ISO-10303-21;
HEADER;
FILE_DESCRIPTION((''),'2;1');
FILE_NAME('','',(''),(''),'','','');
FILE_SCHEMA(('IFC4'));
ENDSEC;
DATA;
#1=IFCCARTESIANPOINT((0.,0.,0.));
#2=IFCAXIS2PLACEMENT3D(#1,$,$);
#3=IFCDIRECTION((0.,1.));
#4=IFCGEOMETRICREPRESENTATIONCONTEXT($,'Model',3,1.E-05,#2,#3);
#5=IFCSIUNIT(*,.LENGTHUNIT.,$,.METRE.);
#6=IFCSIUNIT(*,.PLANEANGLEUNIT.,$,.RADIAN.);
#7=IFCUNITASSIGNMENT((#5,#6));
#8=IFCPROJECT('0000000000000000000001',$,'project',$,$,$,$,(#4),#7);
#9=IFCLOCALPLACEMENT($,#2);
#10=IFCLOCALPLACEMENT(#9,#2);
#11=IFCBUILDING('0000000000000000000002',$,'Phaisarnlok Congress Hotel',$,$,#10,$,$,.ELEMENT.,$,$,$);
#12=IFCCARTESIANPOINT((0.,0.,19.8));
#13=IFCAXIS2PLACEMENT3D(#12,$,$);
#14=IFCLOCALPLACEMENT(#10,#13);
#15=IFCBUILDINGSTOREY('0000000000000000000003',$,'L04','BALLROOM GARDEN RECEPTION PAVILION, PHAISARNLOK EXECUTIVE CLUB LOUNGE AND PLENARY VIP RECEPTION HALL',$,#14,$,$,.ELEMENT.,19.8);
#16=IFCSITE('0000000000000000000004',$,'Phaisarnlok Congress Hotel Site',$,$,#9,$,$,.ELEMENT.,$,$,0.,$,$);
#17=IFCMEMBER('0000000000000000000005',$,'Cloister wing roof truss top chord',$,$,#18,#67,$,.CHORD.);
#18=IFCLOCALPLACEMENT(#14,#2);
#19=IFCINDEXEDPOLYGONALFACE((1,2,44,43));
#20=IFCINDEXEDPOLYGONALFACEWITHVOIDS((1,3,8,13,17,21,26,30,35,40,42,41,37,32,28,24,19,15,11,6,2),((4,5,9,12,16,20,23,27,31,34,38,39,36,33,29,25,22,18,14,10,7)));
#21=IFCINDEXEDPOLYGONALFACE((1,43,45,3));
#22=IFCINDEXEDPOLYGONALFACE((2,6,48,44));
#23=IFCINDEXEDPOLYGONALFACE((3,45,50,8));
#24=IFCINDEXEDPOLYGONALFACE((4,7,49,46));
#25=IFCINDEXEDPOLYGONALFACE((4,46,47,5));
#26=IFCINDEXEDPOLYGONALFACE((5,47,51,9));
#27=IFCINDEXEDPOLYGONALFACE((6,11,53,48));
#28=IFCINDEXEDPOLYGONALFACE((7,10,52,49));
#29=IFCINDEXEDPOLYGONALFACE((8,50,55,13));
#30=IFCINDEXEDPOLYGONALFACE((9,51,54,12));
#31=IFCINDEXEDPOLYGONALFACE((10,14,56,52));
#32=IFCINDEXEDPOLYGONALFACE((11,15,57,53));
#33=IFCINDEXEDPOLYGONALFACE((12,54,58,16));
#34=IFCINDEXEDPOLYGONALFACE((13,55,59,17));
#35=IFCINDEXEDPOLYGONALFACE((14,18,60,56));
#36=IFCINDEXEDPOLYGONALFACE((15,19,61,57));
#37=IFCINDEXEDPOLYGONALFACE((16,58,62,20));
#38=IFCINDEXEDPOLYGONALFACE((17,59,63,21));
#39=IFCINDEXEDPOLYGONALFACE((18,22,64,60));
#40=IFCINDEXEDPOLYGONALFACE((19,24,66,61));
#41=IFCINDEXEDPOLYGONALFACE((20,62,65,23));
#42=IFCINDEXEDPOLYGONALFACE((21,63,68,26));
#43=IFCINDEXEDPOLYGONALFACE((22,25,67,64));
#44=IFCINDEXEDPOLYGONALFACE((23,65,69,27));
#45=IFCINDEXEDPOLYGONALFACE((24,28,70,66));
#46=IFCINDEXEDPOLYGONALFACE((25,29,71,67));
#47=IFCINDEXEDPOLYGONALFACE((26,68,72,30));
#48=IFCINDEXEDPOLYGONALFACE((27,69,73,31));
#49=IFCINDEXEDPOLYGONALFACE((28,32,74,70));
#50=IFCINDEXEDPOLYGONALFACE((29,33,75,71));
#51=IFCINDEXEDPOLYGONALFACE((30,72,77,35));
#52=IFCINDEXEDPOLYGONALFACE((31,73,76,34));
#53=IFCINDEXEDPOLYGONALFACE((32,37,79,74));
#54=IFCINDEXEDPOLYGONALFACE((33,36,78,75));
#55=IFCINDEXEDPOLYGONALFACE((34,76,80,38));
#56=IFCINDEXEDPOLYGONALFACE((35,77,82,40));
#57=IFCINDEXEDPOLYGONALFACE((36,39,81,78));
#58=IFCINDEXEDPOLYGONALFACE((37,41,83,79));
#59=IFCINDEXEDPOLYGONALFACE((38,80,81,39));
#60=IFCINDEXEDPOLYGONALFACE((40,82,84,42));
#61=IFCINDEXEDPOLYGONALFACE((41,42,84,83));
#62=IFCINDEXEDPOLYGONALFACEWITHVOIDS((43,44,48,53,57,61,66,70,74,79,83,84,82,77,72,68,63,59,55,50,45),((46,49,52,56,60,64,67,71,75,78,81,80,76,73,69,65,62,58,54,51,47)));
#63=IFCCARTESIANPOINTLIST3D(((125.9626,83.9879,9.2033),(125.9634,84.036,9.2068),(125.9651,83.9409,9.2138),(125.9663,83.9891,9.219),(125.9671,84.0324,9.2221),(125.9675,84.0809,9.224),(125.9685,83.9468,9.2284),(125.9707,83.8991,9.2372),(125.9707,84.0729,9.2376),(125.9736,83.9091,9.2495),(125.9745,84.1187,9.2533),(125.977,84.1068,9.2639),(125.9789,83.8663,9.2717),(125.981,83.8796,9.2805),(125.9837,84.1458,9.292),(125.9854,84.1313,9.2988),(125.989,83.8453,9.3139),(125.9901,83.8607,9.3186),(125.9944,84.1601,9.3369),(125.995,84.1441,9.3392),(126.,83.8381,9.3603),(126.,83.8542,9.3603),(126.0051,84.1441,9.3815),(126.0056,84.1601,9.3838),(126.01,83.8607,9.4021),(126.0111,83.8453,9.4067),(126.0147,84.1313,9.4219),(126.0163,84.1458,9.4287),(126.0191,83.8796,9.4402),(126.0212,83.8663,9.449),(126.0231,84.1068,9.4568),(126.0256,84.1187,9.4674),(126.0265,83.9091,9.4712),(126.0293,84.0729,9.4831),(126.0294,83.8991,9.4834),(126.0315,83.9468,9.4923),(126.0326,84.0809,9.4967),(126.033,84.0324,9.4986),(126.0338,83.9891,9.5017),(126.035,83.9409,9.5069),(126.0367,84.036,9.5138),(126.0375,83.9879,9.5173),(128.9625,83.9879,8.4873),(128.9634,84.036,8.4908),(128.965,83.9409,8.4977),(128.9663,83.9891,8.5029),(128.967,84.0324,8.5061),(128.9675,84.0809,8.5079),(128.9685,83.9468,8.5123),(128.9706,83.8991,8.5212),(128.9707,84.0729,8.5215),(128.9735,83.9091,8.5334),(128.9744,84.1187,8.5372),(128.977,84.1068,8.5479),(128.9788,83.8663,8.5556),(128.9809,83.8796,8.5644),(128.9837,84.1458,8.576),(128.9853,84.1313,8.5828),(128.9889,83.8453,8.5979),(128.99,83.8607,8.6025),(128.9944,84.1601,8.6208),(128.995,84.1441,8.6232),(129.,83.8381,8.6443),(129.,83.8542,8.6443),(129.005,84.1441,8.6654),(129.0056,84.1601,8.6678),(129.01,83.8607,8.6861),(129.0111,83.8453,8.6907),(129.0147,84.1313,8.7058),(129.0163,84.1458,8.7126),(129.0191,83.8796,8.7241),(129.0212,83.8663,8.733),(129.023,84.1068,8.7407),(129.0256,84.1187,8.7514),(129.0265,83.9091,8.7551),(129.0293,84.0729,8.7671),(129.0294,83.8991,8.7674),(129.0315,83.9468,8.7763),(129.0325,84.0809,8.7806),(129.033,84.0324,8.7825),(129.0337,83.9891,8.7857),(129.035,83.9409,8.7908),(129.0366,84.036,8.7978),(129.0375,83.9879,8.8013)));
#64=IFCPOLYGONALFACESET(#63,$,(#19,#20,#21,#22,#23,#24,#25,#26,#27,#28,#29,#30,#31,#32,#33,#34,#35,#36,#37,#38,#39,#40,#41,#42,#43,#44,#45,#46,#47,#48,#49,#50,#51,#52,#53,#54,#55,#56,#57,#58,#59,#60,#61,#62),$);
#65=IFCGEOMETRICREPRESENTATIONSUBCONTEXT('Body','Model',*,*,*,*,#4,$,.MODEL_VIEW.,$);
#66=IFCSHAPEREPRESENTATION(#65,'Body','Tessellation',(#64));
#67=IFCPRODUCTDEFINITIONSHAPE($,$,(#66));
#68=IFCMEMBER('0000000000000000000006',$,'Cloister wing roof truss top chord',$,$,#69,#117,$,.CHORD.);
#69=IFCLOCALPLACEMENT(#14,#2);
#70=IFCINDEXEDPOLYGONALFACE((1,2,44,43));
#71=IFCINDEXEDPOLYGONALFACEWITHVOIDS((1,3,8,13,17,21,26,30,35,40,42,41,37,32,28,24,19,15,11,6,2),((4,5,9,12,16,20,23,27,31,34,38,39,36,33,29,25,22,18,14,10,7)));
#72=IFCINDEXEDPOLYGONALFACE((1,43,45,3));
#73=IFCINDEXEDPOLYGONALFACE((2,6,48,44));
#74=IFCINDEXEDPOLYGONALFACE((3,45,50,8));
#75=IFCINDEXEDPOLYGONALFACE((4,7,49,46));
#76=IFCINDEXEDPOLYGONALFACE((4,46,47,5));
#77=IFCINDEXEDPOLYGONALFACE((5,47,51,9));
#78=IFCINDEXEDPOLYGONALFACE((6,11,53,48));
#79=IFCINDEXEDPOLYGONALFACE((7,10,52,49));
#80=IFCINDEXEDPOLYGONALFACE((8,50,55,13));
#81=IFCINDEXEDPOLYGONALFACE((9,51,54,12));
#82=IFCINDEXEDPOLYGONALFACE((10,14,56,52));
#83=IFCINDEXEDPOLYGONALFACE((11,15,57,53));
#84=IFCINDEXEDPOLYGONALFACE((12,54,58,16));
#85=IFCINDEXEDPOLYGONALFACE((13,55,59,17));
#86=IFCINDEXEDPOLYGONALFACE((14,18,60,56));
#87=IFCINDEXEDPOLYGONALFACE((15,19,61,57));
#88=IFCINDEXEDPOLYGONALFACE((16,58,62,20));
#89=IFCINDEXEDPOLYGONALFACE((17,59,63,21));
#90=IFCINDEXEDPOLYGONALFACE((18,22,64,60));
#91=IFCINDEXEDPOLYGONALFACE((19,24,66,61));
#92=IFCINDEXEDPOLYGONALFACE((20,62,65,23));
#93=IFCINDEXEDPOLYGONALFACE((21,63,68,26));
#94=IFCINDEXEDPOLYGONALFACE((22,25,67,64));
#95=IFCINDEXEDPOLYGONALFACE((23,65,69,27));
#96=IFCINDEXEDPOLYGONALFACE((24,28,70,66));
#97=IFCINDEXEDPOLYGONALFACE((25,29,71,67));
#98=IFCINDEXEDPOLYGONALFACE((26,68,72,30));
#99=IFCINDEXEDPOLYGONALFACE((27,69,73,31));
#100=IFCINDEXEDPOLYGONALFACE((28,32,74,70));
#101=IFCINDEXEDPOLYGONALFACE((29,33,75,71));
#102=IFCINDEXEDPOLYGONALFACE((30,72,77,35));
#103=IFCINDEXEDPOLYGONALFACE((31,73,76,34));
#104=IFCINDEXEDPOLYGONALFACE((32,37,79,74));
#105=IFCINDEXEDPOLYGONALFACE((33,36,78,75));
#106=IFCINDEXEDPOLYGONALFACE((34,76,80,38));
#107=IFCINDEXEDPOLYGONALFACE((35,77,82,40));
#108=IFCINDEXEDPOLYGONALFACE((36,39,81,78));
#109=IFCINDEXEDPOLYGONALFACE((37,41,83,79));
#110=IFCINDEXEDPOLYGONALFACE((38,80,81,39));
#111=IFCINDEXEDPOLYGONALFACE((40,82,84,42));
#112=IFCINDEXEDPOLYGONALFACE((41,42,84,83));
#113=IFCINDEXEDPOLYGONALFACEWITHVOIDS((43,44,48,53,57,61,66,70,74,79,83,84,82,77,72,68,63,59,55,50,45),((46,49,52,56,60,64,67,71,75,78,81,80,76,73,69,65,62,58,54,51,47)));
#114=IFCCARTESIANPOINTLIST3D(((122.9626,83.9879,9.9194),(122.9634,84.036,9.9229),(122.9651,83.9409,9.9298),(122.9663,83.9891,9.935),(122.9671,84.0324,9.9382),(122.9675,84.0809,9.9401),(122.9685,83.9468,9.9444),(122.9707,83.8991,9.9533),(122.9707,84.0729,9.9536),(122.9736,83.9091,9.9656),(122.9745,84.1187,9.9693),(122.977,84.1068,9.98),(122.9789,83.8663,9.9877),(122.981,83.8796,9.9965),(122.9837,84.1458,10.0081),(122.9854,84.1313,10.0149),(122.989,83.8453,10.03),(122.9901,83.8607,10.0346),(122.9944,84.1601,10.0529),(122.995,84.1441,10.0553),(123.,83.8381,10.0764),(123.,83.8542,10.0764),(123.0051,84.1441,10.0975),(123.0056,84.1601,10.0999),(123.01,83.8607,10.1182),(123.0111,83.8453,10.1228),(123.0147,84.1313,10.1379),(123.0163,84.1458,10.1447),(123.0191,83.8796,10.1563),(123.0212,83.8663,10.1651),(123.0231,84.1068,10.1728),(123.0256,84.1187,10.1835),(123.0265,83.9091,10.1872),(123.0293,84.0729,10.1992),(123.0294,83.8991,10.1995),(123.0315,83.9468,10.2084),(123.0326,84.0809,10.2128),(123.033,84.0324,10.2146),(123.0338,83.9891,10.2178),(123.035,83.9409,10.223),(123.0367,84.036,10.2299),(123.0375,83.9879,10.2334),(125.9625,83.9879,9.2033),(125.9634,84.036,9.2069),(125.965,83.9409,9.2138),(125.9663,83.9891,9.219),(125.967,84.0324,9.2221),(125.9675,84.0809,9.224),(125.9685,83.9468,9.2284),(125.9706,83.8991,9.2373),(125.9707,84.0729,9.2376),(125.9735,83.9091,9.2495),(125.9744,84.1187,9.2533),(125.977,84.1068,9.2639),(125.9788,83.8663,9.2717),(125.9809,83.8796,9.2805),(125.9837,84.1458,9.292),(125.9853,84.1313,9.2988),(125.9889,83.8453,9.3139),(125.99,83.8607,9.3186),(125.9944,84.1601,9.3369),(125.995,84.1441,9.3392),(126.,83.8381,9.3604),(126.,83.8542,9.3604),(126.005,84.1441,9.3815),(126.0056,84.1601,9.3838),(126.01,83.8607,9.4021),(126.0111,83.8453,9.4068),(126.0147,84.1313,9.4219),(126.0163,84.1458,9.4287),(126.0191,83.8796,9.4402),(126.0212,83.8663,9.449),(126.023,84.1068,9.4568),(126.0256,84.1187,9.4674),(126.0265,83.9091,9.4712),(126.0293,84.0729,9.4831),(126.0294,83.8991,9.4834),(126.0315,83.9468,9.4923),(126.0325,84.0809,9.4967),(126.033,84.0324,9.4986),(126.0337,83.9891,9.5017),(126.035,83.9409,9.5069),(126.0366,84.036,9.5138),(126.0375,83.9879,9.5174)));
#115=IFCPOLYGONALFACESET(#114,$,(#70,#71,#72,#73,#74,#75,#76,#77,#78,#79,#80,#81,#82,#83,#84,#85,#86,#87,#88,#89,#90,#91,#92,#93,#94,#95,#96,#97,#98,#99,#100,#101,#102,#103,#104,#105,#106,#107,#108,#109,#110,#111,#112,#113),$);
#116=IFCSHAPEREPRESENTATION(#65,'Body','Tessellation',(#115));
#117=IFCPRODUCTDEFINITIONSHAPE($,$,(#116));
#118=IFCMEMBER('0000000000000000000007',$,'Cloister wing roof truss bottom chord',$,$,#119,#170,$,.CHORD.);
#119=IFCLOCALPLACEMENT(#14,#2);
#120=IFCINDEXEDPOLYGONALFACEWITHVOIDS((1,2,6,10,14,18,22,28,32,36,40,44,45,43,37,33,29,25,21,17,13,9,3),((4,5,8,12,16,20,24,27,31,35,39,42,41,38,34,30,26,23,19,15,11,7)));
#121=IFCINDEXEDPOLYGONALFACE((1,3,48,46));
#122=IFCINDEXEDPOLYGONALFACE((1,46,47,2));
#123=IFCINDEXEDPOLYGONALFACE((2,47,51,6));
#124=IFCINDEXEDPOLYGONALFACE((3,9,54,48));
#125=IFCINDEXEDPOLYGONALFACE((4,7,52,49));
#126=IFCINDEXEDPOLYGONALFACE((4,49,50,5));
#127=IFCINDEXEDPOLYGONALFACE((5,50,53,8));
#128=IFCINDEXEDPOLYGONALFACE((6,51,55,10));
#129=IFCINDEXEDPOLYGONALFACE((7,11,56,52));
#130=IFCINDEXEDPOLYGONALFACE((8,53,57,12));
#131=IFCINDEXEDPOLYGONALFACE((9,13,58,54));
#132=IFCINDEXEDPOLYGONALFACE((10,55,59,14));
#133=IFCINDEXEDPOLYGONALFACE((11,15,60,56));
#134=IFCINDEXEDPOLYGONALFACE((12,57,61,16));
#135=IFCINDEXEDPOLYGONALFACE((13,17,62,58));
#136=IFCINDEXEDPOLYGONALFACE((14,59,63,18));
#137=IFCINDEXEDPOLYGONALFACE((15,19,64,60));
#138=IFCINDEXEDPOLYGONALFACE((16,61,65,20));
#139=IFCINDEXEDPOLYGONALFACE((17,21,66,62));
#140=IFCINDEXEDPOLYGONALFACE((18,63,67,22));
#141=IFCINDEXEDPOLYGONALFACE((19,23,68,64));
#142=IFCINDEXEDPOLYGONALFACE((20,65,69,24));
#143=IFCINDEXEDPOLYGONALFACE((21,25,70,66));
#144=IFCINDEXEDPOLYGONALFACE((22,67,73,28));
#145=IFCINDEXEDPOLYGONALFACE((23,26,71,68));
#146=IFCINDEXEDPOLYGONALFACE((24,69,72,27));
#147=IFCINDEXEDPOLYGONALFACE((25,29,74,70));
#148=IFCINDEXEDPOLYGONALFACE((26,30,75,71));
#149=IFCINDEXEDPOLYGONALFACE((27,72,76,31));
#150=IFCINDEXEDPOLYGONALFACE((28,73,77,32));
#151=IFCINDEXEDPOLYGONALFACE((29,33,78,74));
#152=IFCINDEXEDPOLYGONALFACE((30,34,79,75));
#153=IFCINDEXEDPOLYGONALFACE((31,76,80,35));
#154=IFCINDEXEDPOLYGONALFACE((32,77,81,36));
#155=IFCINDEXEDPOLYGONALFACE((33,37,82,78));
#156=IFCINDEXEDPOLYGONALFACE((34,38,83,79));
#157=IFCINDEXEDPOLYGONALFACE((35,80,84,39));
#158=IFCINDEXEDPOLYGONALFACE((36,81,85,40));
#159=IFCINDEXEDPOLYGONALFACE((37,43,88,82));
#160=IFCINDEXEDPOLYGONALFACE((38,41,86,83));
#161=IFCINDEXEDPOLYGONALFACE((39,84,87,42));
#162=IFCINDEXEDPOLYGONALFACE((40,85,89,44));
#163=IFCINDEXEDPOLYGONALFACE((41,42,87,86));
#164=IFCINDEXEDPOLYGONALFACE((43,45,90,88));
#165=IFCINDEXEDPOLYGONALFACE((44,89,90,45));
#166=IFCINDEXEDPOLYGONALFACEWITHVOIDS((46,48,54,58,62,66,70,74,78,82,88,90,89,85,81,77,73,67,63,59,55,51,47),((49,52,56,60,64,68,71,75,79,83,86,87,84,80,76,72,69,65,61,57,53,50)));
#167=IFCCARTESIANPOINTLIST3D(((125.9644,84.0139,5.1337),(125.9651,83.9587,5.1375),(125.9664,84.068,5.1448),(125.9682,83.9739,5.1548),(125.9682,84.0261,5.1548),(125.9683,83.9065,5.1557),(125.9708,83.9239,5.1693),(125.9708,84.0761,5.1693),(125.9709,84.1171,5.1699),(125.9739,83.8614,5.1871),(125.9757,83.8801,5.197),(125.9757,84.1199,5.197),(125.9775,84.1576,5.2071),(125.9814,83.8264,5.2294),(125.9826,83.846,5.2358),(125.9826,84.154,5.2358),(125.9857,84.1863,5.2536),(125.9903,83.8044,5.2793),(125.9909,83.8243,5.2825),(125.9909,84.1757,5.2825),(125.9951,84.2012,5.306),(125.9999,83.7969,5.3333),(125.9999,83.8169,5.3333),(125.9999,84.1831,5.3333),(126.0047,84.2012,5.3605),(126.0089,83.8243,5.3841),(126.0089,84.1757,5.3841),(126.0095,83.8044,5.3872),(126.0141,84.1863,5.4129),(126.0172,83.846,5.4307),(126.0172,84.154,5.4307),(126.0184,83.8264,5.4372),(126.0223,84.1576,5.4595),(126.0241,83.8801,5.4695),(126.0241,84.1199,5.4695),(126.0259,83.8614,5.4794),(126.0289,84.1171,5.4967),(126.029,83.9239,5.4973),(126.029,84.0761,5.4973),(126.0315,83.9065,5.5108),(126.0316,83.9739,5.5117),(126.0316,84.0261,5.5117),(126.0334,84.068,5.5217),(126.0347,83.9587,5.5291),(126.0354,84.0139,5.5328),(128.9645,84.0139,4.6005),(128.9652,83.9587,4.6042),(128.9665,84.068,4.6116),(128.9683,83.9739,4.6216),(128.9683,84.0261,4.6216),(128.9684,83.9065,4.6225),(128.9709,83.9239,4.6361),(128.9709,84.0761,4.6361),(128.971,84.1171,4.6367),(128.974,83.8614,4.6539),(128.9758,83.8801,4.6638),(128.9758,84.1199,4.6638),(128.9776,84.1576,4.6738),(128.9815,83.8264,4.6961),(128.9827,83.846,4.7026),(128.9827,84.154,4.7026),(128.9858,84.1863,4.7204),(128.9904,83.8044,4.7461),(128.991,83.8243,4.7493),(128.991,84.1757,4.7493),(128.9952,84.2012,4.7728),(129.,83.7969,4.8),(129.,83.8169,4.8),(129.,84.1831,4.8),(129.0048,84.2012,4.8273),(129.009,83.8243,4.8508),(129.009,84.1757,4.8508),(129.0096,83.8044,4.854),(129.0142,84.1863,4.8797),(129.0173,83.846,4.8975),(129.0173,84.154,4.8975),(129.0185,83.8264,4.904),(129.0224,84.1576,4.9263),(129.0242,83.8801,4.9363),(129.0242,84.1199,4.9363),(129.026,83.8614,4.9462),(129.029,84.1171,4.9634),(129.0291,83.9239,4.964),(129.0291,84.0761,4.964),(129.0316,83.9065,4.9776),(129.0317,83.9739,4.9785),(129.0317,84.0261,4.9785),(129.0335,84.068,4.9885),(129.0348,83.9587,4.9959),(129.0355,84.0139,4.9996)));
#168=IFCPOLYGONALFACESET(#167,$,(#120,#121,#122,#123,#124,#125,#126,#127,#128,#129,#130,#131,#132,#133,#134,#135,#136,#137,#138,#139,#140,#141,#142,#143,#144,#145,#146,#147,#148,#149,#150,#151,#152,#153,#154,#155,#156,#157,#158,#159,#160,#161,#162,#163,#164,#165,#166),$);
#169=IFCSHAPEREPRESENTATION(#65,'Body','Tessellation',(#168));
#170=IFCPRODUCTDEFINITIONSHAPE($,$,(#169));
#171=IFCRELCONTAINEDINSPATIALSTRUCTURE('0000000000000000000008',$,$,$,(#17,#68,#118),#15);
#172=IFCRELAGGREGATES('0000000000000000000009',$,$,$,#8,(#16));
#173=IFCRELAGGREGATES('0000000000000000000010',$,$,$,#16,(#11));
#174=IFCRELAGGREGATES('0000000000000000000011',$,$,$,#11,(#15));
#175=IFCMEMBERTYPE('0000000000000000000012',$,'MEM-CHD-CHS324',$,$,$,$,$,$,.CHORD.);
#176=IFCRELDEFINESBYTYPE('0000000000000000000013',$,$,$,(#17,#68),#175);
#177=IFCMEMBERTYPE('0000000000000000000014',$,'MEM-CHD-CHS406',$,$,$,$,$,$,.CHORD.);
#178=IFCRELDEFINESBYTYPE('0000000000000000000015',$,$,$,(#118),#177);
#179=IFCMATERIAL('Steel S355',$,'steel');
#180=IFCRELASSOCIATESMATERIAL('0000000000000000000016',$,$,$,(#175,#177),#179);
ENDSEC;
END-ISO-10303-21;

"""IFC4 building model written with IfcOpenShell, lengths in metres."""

from ifc_helpers import new_model, si_unit, direction, frame, origin, origin_2d, place, context, subcontext, project, spatial, hollow_circle, extrude, material, material_profile, profile_set, type_object, element, save


model = new_model("IFC4")

# Units and contexts
model_context = context("Model", 3, precision=1e-05, world=origin(), true_north=direction((0.0, 1.0)))
body_context = subcontext(model_context, "Body", "Model", "MODEL_VIEW")
ifc_project = project(units=[si_unit("LENGTHUNIT", "METRE"), si_unit("PLANEANGLEUNIT", "RADIAN")], contexts=[model_context])

# Site, building, storey
site_placement = place(None, origin())
site = spatial("IfcSite", under=ifc_project, at=site_placement, Name="Phaisarnlok Congress Hotel Site", CompositionType="ELEMENT", RefElevation=0.0)
building_placement = place(site_placement, origin())
building = spatial("IfcBuilding", under=site, at=building_placement, Name="Phaisarnlok Congress Hotel", CompositionType="ELEMENT")
storey_placement = place(building_placement, frame((0.0, 0.0, 19.8)))
storey = spatial("IfcBuildingStorey", under=building, at=storey_placement, Name="L04", Description="BALLROOM GARDEN RECEPTION PAVILION, PHAISARNLOK EXECUTIVE CLUB LOUNGE AND PLENARY VIP RECEPTION HALL", CompositionType="ELEMENT", Elevation=19.8)

# Shared definitions
ifc_material_1 = material(Name="Steel S355", Category="steel")

# Members
ifc_material_profile_1 = material_profile(ifc_material_1, hollow_circle(Radius=0.1619, WallThickness=0.0161, at=origin_2d()), Name="CHS 323.9x16")
ifc_profile_set_1 = profile_set([ifc_material_profile_1], Name="Steel S355")
member_type_1 = type_object("IfcMemberType", Name="MEM-CHD-CHS324", PredefinedType="CHORD", material=ifc_profile_set_1)
for number, where, z_axis, x_axis, name in (
    (1, (129.0, 84.0, 8.6443), (-0.972676, 0.0, 0.232166), (0.0, -1.0, 0.0), "Cloister wing roof truss top chord"),
    (2, (126.0, 84.0, 9.3604), (-0.972676, 0.0, 0.232166), (0.0, -1.0, 0.0), "Cloister wing roof truss top chord"),
):
    element("IfcMember", number, at=place(storey_placement, frame(where, z_axis=z_axis, x_axis=x_axis)), inside=storey, type_object=member_type_1, Name=name, PredefinedType="CHORD", context=body_context, shape_type="SweptSolid", body=[
        extrude(hollow_circle(Radius=0.1619, WallThickness=0.0161, at=origin_2d()), origin(), (0.0, 0.0, 1.0), 3.0842),
    ])
ifc_material_profile_2 = material_profile(ifc_material_1, hollow_circle(Radius=0.2031, WallThickness=0.02, at=origin_2d()), Name="CHS 406.4x20")
ifc_profile_set_2 = profile_set([ifc_material_profile_2], Name="Steel S355")
member_type_2 = type_object("IfcMemberType", Name="MEM-CHD-CHS406", PredefinedType="CHORD", material=ifc_profile_set_2)
for number, where, z_axis, x_axis, name in (
    (3, (129.0, 84.0, 4.8), (-0.98457, 0.0, 0.174992), (0.0, -1.0, 0.0), "Cloister wing roof truss bottom chord"),
):
    element("IfcMember", number, at=place(storey_placement, frame(where, z_axis=z_axis, x_axis=x_axis)), inside=storey, type_object=member_type_2, Name=name, PredefinedType="CHORD", context=body_context, shape_type="SweptSolid", body=[
        extrude(hollow_circle(Radius=0.2031, WallThickness=0.02, at=origin_2d()), origin(), (0.0, 0.0, 1.0), 3.0471),
    ])

save(model, "model.ifc")
